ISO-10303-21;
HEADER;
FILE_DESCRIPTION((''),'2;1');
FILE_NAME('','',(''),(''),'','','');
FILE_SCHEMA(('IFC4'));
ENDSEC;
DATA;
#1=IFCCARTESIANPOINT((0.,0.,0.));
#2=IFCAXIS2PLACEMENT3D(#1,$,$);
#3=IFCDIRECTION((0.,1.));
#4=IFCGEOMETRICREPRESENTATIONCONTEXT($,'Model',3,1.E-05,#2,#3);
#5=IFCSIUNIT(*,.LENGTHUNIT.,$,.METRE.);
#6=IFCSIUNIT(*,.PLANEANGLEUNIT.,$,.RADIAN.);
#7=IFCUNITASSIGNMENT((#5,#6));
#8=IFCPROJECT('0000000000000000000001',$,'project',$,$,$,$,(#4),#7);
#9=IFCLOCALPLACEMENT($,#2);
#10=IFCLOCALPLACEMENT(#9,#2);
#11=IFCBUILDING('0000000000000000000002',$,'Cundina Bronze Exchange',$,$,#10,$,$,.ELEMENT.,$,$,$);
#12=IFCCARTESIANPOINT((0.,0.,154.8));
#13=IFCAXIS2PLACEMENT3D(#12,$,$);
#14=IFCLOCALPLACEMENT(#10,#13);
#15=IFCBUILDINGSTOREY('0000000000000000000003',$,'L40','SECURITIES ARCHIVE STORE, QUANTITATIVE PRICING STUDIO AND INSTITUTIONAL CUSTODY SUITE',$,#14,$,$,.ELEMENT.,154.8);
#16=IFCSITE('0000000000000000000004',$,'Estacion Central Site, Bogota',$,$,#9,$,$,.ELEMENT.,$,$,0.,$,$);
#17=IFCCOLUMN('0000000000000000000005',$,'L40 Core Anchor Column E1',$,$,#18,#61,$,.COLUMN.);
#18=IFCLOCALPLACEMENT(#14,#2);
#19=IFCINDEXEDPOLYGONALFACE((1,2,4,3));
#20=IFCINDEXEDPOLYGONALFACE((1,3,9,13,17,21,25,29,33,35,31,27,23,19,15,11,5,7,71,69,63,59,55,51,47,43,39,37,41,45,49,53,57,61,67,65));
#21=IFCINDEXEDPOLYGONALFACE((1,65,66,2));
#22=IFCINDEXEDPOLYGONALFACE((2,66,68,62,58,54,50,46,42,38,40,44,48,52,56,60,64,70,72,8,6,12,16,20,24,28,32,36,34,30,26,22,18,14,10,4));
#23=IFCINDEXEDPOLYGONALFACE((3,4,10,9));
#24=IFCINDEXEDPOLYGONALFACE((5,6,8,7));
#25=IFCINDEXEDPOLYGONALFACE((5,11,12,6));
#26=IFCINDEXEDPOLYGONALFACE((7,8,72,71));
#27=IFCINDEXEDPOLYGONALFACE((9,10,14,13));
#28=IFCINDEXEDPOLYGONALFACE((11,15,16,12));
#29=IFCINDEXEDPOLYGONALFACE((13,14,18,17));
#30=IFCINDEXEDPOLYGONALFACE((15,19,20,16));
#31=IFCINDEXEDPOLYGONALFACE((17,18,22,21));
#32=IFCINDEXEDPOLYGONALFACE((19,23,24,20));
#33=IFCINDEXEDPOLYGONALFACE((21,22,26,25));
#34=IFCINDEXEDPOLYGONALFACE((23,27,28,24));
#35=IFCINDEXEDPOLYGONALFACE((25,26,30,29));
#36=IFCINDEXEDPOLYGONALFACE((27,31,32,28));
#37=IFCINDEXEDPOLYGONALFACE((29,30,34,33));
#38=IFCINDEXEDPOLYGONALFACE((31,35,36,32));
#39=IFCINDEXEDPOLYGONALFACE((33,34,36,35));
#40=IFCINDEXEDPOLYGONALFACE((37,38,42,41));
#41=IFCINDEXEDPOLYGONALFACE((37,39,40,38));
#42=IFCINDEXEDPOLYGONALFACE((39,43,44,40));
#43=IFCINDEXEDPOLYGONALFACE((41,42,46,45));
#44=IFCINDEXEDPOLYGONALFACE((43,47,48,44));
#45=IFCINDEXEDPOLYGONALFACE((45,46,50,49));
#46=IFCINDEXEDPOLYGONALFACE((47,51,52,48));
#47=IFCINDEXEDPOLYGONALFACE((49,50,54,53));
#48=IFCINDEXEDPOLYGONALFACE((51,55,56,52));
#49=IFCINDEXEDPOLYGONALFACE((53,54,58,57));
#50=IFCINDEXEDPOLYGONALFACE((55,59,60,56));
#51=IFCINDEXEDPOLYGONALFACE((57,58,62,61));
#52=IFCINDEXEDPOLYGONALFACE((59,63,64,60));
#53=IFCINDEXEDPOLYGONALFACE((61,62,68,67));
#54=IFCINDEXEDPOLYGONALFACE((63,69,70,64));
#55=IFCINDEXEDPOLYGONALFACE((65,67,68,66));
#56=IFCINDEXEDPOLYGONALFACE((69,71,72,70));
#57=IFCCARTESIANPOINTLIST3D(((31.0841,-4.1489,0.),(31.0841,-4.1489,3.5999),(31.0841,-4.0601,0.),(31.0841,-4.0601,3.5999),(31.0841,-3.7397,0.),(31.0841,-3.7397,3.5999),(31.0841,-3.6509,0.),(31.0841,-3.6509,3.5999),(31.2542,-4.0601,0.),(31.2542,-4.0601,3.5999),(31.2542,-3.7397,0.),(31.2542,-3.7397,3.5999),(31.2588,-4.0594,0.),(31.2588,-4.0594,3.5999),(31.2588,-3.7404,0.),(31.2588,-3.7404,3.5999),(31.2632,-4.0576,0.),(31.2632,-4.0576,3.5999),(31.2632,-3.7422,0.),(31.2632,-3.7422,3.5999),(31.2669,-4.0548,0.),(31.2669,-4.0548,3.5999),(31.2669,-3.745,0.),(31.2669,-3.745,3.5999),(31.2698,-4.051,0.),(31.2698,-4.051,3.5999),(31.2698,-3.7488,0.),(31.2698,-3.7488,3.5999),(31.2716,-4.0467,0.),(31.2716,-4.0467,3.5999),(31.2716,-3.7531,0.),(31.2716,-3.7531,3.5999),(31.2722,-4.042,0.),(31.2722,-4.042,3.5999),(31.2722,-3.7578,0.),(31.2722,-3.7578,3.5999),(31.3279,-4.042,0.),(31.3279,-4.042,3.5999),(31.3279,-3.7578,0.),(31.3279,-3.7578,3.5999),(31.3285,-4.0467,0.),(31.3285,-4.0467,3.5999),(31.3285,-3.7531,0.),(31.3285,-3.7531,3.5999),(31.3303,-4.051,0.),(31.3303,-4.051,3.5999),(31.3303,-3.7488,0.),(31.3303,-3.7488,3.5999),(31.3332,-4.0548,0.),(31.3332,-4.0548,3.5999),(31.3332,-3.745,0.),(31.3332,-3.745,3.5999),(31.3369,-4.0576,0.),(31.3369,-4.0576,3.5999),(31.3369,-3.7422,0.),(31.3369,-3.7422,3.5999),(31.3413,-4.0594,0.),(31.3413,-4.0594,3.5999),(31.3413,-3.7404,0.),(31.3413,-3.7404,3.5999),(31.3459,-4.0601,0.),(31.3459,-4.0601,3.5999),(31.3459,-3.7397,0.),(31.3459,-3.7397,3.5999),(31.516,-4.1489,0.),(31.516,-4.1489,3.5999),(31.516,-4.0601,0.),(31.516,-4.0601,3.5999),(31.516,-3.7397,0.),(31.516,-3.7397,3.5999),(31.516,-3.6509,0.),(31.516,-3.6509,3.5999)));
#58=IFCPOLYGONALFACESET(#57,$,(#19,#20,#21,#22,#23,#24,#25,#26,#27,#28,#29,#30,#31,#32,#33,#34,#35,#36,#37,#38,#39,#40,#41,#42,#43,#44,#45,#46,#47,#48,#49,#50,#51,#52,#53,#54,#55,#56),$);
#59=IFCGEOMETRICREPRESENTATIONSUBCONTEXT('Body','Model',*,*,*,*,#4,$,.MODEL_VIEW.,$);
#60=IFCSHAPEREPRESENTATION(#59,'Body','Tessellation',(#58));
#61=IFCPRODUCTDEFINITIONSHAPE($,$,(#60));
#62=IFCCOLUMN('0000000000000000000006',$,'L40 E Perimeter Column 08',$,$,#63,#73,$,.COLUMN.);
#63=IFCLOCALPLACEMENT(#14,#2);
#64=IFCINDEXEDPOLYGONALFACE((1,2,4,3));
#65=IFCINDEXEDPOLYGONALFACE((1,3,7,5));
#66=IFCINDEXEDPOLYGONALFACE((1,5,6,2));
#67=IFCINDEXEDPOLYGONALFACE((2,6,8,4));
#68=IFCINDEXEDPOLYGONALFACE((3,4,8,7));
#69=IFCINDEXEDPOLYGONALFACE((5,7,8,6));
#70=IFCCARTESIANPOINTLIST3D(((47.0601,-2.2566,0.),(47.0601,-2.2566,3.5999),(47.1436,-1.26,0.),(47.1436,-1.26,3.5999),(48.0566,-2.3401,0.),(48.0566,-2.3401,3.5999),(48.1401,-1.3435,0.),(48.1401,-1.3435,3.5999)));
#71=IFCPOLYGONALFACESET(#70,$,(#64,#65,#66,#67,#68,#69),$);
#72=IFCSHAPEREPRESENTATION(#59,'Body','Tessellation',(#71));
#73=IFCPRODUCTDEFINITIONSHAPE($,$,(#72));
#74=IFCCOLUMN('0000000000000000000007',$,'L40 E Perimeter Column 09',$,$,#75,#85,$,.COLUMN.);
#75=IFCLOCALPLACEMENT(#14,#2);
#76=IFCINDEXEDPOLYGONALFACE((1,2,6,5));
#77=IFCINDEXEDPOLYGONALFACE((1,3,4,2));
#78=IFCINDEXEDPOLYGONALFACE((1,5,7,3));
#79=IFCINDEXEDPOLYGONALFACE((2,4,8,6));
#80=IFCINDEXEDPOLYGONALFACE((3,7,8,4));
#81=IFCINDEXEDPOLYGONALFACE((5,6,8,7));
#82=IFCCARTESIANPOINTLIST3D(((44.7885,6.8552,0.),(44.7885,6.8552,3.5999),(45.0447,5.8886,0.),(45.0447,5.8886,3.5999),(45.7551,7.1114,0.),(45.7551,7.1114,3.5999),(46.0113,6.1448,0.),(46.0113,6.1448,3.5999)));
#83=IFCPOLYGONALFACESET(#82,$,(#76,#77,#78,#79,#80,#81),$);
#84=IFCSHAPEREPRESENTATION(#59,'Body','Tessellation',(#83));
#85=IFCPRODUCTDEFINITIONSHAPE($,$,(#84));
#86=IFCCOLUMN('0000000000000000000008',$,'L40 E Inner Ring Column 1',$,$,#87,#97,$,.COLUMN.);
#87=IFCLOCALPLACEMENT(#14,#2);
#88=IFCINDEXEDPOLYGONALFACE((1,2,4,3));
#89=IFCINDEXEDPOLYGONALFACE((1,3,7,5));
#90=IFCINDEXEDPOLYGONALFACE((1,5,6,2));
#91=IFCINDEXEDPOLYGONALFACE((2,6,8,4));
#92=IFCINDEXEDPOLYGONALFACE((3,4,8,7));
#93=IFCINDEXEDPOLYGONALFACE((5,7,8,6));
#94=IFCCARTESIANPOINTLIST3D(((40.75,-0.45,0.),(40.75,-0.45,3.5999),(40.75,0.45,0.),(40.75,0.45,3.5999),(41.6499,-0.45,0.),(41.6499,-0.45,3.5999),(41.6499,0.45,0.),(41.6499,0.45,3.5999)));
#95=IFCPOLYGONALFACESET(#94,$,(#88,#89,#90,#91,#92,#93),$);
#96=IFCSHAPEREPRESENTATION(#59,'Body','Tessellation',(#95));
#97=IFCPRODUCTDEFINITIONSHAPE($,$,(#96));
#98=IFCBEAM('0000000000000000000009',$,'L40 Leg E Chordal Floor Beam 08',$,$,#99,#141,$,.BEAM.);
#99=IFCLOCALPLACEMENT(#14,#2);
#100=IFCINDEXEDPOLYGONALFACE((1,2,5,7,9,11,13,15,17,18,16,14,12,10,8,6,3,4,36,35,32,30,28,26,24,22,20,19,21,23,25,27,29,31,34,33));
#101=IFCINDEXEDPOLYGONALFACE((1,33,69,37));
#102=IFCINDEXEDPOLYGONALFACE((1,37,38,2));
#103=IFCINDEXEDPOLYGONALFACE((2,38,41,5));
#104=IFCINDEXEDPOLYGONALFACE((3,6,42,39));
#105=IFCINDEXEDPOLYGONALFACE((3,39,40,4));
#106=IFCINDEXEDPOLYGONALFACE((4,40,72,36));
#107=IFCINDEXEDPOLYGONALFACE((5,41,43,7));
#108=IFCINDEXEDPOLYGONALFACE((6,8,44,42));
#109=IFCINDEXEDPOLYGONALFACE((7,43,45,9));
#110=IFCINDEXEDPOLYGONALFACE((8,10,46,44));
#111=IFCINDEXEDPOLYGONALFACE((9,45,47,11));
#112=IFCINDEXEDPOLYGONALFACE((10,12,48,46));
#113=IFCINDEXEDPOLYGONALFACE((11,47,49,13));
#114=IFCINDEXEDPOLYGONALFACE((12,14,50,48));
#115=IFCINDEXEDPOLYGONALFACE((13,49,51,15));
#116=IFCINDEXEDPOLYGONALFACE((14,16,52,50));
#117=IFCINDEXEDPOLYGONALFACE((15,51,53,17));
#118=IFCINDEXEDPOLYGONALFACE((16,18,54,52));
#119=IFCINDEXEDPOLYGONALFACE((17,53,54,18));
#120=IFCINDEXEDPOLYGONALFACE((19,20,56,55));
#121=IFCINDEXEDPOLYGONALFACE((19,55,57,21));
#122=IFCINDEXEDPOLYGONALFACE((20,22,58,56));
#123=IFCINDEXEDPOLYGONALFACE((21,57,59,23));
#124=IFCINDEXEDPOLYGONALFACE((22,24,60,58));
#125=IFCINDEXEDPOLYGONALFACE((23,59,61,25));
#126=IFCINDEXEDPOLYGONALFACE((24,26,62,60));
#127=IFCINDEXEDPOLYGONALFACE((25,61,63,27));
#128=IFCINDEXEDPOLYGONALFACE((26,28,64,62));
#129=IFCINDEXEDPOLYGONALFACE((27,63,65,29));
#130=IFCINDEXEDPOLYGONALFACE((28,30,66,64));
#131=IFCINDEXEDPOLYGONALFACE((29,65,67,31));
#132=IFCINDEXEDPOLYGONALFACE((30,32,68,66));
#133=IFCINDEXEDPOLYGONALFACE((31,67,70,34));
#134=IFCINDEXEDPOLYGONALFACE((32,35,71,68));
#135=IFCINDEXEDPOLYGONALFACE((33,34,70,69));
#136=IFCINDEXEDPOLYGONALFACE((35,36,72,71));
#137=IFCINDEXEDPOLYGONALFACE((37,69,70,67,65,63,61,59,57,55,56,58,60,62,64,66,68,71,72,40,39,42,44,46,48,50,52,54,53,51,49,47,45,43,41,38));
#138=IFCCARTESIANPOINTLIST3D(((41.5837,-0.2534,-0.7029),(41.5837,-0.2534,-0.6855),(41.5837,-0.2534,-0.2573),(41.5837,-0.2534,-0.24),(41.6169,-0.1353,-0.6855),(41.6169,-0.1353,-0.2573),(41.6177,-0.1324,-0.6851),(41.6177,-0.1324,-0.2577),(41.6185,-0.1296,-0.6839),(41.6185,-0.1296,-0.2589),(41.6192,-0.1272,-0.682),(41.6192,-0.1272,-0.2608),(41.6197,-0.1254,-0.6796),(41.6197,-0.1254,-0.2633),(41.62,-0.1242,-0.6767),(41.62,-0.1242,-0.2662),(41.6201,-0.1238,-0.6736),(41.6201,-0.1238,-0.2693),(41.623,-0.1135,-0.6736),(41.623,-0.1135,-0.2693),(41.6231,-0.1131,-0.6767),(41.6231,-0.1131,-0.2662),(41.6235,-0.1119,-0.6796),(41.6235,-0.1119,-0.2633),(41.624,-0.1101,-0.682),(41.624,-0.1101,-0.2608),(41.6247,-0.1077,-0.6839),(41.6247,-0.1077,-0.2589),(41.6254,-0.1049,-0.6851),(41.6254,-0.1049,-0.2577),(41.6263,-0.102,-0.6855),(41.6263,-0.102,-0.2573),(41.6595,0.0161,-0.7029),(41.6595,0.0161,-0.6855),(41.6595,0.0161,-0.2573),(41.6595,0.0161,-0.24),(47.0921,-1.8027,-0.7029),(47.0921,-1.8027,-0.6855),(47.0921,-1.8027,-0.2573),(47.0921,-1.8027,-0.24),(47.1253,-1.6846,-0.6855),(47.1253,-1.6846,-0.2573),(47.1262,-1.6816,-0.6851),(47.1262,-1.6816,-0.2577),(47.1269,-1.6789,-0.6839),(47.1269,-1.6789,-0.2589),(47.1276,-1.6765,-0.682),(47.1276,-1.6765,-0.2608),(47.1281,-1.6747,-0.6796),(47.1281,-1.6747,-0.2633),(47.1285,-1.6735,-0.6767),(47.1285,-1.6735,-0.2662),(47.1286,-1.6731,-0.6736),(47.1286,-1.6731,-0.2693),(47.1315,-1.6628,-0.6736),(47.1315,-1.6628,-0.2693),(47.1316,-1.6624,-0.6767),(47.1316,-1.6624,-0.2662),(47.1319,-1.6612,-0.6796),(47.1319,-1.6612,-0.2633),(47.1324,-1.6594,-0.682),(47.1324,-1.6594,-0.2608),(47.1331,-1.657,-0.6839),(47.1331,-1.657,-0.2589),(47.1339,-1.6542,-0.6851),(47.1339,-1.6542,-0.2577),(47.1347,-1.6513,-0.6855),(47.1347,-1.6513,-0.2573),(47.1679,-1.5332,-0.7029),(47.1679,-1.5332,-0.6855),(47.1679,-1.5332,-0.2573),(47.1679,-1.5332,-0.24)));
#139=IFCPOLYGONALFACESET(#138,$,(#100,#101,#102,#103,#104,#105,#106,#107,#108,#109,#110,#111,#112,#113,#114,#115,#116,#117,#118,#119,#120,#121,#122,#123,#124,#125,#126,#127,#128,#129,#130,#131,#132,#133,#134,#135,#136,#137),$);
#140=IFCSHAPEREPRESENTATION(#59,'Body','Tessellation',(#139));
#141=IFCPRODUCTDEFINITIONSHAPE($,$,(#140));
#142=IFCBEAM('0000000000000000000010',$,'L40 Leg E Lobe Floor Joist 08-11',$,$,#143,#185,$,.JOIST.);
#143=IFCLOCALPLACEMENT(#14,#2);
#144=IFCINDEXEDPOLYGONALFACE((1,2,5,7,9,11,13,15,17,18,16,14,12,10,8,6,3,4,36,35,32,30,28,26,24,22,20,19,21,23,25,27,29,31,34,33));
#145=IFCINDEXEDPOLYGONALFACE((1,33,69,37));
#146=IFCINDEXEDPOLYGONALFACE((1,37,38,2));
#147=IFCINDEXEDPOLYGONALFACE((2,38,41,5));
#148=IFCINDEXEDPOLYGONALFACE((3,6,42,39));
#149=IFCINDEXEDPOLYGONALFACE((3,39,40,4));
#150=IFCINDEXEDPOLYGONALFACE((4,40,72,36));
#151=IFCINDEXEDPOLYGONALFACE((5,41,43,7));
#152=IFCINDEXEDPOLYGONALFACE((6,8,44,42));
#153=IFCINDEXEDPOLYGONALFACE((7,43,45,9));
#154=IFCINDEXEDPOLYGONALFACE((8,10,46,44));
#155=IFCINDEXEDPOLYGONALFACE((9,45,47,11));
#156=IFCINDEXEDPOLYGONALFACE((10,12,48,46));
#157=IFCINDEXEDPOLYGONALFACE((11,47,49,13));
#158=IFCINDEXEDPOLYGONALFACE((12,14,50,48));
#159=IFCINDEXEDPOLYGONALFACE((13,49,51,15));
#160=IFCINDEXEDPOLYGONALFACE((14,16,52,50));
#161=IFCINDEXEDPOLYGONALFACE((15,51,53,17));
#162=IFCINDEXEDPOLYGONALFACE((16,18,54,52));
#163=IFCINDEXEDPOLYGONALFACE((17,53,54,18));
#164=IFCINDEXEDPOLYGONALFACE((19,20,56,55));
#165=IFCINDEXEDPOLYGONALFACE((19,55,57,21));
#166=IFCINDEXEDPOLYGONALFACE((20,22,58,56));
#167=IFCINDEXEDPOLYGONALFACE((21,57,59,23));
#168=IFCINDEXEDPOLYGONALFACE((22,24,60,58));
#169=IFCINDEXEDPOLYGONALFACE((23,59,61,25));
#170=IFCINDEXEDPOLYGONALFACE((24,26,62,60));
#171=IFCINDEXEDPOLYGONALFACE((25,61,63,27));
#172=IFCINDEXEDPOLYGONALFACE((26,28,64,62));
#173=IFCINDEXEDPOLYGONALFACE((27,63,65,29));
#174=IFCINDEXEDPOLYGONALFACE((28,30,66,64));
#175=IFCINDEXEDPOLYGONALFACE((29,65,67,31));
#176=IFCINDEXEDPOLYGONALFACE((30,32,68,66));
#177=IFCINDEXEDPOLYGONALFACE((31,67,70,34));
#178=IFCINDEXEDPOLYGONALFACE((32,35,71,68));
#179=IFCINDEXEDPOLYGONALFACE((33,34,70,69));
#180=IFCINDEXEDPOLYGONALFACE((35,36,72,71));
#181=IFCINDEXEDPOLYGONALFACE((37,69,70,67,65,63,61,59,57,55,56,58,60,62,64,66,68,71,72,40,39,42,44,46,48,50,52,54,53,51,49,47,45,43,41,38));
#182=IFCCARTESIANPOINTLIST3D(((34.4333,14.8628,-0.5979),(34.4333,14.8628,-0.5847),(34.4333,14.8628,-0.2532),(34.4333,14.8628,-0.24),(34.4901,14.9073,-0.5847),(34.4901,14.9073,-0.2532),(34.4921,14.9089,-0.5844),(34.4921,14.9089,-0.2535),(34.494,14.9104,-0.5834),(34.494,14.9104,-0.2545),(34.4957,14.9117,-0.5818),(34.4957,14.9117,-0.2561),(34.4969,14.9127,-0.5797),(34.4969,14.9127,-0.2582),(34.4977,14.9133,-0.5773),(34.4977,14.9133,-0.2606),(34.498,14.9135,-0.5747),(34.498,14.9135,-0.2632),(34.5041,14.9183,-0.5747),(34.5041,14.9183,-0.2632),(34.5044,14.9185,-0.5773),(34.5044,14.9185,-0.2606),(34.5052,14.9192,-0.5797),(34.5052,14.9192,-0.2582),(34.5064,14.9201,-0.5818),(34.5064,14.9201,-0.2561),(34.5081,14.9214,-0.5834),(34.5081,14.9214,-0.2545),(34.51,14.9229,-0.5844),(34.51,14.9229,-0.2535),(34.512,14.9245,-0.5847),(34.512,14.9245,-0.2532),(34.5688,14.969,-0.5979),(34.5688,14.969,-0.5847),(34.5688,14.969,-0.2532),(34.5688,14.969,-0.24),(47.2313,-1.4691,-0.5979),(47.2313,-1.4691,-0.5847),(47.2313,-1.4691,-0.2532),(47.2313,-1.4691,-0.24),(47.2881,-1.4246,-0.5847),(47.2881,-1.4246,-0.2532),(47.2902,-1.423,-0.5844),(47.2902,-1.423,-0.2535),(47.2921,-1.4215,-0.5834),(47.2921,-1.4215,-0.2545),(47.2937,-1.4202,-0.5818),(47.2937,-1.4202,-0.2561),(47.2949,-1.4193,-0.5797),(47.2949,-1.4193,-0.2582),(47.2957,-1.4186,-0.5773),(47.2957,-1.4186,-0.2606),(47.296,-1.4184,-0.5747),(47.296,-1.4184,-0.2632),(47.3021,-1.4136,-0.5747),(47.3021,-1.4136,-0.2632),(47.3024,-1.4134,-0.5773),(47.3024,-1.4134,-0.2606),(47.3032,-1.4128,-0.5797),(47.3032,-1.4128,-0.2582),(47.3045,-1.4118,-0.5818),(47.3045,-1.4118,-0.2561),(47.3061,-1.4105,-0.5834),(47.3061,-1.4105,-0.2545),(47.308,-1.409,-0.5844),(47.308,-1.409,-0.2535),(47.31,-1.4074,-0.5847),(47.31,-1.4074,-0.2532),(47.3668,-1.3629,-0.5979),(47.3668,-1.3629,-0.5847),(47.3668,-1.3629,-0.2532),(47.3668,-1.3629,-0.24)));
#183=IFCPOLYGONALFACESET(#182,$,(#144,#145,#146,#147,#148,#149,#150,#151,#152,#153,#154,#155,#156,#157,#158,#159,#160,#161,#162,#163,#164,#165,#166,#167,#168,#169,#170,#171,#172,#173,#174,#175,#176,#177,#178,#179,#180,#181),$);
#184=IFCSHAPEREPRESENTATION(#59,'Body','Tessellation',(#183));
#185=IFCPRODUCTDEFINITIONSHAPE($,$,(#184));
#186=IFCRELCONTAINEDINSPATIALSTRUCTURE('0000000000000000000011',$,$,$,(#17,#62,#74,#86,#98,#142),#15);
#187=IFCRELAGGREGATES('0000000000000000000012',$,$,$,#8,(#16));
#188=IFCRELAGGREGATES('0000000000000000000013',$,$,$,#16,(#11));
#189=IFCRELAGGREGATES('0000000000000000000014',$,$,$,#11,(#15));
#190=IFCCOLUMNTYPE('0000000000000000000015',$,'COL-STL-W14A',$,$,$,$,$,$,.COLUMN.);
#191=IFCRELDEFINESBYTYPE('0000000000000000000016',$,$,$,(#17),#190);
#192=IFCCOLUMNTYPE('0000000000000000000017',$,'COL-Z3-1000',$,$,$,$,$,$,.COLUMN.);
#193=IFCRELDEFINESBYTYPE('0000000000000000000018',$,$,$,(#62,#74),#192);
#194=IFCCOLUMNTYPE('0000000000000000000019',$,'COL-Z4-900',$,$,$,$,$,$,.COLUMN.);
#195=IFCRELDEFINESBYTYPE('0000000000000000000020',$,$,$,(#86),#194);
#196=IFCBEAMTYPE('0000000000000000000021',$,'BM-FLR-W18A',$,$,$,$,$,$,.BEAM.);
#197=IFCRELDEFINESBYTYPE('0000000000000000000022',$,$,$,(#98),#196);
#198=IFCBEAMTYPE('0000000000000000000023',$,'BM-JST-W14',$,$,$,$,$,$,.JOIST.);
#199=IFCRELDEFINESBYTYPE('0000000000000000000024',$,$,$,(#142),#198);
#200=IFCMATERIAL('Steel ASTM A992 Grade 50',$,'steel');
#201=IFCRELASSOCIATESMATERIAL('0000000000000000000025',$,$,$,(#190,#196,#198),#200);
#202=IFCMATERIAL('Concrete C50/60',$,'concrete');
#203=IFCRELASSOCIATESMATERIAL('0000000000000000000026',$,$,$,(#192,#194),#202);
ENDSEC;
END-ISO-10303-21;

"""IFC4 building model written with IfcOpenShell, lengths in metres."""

from ifc_helpers import new_model, si_unit, direction, frame, origin, origin_2d, place, context, subcontext, project, spatial, rectangle, i_section, extrude, material, material_profile, profile_set, type_object, element, save


model = new_model("IFC4")

# Units and contexts
model_context = context("Model", 3, precision=1e-05, world=origin(), true_north=direction((0.0, 1.0)))
body_context = subcontext(model_context, "Body", "Model", "MODEL_VIEW")
ifc_project = project(units=[si_unit("LENGTHUNIT", "METRE"), si_unit("PLANEANGLEUNIT", "RADIAN")], contexts=[model_context])

# Site, building, storey
site_placement = place(None, origin())
site = spatial("IfcSite", under=ifc_project, at=site_placement, Name="Estacion Central Site, Bogota", CompositionType="ELEMENT", RefElevation=0.0)
building_placement = place(site_placement, origin())
building = spatial("IfcBuilding", under=site, at=building_placement, Name="Cundina Bronze Exchange", CompositionType="ELEMENT")
storey_placement = place(building_placement, frame((0.0, 0.0, 154.8)))
storey = spatial("IfcBuildingStorey", under=building, at=storey_placement, Name="L40", Description="SECURITIES ARCHIVE STORE, QUANTITATIVE PRICING STUDIO AND INSTITUTIONAL CUSTODY SUITE", CompositionType="ELEMENT", Elevation=154.8)

# Columns
ifc_material_1 = material(Name="Steel ASTM A992 Grade 50", Category="steel")
ifc_material_profile_1 = material_profile(ifc_material_1, i_section(OverallWidth=0.4319, OverallDepth=0.498, WebThickness=0.0557, FlangeThickness=0.0889, FilletRadius=0.0181, at=origin_2d()), Name="W14X500", Category="steel")
ifc_profile_set_1 = profile_set([ifc_material_profile_1], Name="Steel ASTM A992 Grade 50")
column_type_1 = type_object("IfcColumnType", Name="COL-STL-W14A", PredefinedType="COLUMN", material=ifc_profile_set_1)
column_1_placement = place(storey_placement, frame((31.3, -3.8999, 0.0), z_axis=(0.0, 0.0, 1.0), x_axis=(1.0, 0.0, 0.0)))
element("IfcColumn", 1, at=column_1_placement, inside=storey, type_object=column_type_1, Name="L40 Core Anchor Column E1", PredefinedType="COLUMN", context=body_context, shape_type="SweptSolid", body=[
    extrude(i_section(OverallWidth=0.4319, OverallDepth=0.498, WebThickness=0.0557, FlangeThickness=0.0889, FilletRadius=0.0181, at=origin_2d()), origin(), (0.0, 0.0, 1.0), 3.5999),
])
ifc_material_2 = material(Name="Concrete C50/60", Category="concrete")
ifc_material_profile_2 = material_profile(ifc_material_2, rectangle(XDim=1.0, YDim=1.0, at=origin_2d()), Name="RC1000X1000", Category="concrete")
ifc_profile_set_2 = profile_set([ifc_material_profile_2], Name="Concrete C50/60")
column_type_2 = type_object("IfcColumnType", Name="COL-Z3-1000", PredefinedType="COLUMN", material=ifc_profile_set_2)
for number, where, z_axis, x_axis, name in (
    (2, (47.6001, -1.8, 0.0), (0.0, 0.0, 1.0), (0.083504, 0.996507, 0.0), "L40 E Perimeter Column 08"),
    (3, (45.3999, 6.5, 0.0), (0.0, 0.0, 1.0), (-0.256289, 0.9666, 0.0), "L40 E Perimeter Column 09"),
):
    element("IfcColumn", number, at=place(storey_placement, frame(where, z_axis=z_axis, x_axis=x_axis)), inside=storey, type_object=column_type_2, Name=name, PredefinedType="COLUMN", context=body_context, shape_type="SweptSolid", body=[
        extrude(rectangle(XDim=1.0, YDim=1.0, at=origin_2d()), origin(), (0.0, 0.0, 1.0), 3.5999),
    ])
ifc_material_profile_3 = material_profile(ifc_material_2, rectangle(XDim=0.8999, YDim=0.8999, at=origin_2d()), Name="RC900X900", Category="concrete")
ifc_profile_set_3 = profile_set([ifc_material_profile_3], Name="Concrete C50/60")
column_type_3 = type_object("IfcColumnType", Name="COL-Z4-900", PredefinedType="COLUMN", material=ifc_profile_set_3)
column_2_placement = place(storey_placement, frame((41.2, 0.0, 0.0), z_axis=(0.0, 0.0, 1.0), x_axis=(1.0, 0.0, 0.0)))
element("IfcColumn", 4, at=column_2_placement, inside=storey, type_object=column_type_3, Name="L40 E Inner Ring Column 1", PredefinedType="COLUMN", context=body_context, shape_type="SweptSolid", body=[
    extrude(rectangle(XDim=0.8999, YDim=0.8999, at=origin_2d()), origin(), (0.0, 0.0, 1.0), 3.5999),
])

# Beams
ifc_material_profile_4 = material_profile(ifc_material_1, i_section(OverallWidth=0.28, OverallDepth=0.4629, WebThickness=0.0107, FlangeThickness=0.0173, FilletRadius=0.012, at=origin_2d()), Name="W18X76", Category="steel")
ifc_profile_set_4 = profile_set([ifc_material_profile_4], Name="Steel ASTM A992 Grade 50")
beam_type_1 = type_object("IfcBeamType", Name="BM-FLR-W18A", PredefinedType="BEAM", material=ifc_profile_set_4)
beam_1_placement = place(storey_placement, frame((41.6216, -0.1187, -0.4714), z_axis=(0.962649, -0.270752, 0.0), x_axis=(0.270752, 0.962649, 0.0)))
element("IfcBeam", 5, at=beam_1_placement, inside=storey, type_object=beam_type_1, Name="L40 Leg E Chordal Floor Beam 08", PredefinedType="BEAM", context=body_context, shape_type="SweptSolid", body=[
    extrude(i_section(OverallWidth=0.28, OverallDepth=0.4629, WebThickness=0.0107, FlangeThickness=0.0173, FilletRadius=0.012, at=origin_2d()), origin(), (0.0, 0.0, 1.0), 5.7222),
])
ifc_material_profile_5 = material_profile(ifc_material_1, i_section(OverallWidth=0.1721, OverallDepth=0.3579, WebThickness=0.0078, FlangeThickness=0.0132, FilletRadius=0.01, at=origin_2d()), Name="W14X38", Category="steel")
ifc_profile_set_5 = profile_set([ifc_material_profile_5], Name="Steel ASTM A992 Grade 50")
beam_type_2 = type_object("IfcBeamType", Name="BM-JST-W14", PredefinedType="JOIST", material=ifc_profile_set_5)
beam_2_placement = place(storey_placement, frame((47.2991, -1.416, -0.4189), z_axis=(-0.616801, 0.787119, 0.0), x_axis=(-0.787119, -0.616801, 0.0)))
element("IfcBeam", 6, at=beam_2_placement, inside=storey, type_object=beam_type_2, Name="L40 Leg E Lobe Floor Joist 08-11", PredefinedType="JOIST", context=body_context, shape_type="SweptSolid", body=[
    extrude(i_section(OverallWidth=0.1721, OverallDepth=0.3579, WebThickness=0.0078, FlangeThickness=0.0132, FilletRadius=0.01, at=origin_2d()), origin(), (0.0, 0.0, 1.0), 20.749),
])

save(model, "model.ifc")
